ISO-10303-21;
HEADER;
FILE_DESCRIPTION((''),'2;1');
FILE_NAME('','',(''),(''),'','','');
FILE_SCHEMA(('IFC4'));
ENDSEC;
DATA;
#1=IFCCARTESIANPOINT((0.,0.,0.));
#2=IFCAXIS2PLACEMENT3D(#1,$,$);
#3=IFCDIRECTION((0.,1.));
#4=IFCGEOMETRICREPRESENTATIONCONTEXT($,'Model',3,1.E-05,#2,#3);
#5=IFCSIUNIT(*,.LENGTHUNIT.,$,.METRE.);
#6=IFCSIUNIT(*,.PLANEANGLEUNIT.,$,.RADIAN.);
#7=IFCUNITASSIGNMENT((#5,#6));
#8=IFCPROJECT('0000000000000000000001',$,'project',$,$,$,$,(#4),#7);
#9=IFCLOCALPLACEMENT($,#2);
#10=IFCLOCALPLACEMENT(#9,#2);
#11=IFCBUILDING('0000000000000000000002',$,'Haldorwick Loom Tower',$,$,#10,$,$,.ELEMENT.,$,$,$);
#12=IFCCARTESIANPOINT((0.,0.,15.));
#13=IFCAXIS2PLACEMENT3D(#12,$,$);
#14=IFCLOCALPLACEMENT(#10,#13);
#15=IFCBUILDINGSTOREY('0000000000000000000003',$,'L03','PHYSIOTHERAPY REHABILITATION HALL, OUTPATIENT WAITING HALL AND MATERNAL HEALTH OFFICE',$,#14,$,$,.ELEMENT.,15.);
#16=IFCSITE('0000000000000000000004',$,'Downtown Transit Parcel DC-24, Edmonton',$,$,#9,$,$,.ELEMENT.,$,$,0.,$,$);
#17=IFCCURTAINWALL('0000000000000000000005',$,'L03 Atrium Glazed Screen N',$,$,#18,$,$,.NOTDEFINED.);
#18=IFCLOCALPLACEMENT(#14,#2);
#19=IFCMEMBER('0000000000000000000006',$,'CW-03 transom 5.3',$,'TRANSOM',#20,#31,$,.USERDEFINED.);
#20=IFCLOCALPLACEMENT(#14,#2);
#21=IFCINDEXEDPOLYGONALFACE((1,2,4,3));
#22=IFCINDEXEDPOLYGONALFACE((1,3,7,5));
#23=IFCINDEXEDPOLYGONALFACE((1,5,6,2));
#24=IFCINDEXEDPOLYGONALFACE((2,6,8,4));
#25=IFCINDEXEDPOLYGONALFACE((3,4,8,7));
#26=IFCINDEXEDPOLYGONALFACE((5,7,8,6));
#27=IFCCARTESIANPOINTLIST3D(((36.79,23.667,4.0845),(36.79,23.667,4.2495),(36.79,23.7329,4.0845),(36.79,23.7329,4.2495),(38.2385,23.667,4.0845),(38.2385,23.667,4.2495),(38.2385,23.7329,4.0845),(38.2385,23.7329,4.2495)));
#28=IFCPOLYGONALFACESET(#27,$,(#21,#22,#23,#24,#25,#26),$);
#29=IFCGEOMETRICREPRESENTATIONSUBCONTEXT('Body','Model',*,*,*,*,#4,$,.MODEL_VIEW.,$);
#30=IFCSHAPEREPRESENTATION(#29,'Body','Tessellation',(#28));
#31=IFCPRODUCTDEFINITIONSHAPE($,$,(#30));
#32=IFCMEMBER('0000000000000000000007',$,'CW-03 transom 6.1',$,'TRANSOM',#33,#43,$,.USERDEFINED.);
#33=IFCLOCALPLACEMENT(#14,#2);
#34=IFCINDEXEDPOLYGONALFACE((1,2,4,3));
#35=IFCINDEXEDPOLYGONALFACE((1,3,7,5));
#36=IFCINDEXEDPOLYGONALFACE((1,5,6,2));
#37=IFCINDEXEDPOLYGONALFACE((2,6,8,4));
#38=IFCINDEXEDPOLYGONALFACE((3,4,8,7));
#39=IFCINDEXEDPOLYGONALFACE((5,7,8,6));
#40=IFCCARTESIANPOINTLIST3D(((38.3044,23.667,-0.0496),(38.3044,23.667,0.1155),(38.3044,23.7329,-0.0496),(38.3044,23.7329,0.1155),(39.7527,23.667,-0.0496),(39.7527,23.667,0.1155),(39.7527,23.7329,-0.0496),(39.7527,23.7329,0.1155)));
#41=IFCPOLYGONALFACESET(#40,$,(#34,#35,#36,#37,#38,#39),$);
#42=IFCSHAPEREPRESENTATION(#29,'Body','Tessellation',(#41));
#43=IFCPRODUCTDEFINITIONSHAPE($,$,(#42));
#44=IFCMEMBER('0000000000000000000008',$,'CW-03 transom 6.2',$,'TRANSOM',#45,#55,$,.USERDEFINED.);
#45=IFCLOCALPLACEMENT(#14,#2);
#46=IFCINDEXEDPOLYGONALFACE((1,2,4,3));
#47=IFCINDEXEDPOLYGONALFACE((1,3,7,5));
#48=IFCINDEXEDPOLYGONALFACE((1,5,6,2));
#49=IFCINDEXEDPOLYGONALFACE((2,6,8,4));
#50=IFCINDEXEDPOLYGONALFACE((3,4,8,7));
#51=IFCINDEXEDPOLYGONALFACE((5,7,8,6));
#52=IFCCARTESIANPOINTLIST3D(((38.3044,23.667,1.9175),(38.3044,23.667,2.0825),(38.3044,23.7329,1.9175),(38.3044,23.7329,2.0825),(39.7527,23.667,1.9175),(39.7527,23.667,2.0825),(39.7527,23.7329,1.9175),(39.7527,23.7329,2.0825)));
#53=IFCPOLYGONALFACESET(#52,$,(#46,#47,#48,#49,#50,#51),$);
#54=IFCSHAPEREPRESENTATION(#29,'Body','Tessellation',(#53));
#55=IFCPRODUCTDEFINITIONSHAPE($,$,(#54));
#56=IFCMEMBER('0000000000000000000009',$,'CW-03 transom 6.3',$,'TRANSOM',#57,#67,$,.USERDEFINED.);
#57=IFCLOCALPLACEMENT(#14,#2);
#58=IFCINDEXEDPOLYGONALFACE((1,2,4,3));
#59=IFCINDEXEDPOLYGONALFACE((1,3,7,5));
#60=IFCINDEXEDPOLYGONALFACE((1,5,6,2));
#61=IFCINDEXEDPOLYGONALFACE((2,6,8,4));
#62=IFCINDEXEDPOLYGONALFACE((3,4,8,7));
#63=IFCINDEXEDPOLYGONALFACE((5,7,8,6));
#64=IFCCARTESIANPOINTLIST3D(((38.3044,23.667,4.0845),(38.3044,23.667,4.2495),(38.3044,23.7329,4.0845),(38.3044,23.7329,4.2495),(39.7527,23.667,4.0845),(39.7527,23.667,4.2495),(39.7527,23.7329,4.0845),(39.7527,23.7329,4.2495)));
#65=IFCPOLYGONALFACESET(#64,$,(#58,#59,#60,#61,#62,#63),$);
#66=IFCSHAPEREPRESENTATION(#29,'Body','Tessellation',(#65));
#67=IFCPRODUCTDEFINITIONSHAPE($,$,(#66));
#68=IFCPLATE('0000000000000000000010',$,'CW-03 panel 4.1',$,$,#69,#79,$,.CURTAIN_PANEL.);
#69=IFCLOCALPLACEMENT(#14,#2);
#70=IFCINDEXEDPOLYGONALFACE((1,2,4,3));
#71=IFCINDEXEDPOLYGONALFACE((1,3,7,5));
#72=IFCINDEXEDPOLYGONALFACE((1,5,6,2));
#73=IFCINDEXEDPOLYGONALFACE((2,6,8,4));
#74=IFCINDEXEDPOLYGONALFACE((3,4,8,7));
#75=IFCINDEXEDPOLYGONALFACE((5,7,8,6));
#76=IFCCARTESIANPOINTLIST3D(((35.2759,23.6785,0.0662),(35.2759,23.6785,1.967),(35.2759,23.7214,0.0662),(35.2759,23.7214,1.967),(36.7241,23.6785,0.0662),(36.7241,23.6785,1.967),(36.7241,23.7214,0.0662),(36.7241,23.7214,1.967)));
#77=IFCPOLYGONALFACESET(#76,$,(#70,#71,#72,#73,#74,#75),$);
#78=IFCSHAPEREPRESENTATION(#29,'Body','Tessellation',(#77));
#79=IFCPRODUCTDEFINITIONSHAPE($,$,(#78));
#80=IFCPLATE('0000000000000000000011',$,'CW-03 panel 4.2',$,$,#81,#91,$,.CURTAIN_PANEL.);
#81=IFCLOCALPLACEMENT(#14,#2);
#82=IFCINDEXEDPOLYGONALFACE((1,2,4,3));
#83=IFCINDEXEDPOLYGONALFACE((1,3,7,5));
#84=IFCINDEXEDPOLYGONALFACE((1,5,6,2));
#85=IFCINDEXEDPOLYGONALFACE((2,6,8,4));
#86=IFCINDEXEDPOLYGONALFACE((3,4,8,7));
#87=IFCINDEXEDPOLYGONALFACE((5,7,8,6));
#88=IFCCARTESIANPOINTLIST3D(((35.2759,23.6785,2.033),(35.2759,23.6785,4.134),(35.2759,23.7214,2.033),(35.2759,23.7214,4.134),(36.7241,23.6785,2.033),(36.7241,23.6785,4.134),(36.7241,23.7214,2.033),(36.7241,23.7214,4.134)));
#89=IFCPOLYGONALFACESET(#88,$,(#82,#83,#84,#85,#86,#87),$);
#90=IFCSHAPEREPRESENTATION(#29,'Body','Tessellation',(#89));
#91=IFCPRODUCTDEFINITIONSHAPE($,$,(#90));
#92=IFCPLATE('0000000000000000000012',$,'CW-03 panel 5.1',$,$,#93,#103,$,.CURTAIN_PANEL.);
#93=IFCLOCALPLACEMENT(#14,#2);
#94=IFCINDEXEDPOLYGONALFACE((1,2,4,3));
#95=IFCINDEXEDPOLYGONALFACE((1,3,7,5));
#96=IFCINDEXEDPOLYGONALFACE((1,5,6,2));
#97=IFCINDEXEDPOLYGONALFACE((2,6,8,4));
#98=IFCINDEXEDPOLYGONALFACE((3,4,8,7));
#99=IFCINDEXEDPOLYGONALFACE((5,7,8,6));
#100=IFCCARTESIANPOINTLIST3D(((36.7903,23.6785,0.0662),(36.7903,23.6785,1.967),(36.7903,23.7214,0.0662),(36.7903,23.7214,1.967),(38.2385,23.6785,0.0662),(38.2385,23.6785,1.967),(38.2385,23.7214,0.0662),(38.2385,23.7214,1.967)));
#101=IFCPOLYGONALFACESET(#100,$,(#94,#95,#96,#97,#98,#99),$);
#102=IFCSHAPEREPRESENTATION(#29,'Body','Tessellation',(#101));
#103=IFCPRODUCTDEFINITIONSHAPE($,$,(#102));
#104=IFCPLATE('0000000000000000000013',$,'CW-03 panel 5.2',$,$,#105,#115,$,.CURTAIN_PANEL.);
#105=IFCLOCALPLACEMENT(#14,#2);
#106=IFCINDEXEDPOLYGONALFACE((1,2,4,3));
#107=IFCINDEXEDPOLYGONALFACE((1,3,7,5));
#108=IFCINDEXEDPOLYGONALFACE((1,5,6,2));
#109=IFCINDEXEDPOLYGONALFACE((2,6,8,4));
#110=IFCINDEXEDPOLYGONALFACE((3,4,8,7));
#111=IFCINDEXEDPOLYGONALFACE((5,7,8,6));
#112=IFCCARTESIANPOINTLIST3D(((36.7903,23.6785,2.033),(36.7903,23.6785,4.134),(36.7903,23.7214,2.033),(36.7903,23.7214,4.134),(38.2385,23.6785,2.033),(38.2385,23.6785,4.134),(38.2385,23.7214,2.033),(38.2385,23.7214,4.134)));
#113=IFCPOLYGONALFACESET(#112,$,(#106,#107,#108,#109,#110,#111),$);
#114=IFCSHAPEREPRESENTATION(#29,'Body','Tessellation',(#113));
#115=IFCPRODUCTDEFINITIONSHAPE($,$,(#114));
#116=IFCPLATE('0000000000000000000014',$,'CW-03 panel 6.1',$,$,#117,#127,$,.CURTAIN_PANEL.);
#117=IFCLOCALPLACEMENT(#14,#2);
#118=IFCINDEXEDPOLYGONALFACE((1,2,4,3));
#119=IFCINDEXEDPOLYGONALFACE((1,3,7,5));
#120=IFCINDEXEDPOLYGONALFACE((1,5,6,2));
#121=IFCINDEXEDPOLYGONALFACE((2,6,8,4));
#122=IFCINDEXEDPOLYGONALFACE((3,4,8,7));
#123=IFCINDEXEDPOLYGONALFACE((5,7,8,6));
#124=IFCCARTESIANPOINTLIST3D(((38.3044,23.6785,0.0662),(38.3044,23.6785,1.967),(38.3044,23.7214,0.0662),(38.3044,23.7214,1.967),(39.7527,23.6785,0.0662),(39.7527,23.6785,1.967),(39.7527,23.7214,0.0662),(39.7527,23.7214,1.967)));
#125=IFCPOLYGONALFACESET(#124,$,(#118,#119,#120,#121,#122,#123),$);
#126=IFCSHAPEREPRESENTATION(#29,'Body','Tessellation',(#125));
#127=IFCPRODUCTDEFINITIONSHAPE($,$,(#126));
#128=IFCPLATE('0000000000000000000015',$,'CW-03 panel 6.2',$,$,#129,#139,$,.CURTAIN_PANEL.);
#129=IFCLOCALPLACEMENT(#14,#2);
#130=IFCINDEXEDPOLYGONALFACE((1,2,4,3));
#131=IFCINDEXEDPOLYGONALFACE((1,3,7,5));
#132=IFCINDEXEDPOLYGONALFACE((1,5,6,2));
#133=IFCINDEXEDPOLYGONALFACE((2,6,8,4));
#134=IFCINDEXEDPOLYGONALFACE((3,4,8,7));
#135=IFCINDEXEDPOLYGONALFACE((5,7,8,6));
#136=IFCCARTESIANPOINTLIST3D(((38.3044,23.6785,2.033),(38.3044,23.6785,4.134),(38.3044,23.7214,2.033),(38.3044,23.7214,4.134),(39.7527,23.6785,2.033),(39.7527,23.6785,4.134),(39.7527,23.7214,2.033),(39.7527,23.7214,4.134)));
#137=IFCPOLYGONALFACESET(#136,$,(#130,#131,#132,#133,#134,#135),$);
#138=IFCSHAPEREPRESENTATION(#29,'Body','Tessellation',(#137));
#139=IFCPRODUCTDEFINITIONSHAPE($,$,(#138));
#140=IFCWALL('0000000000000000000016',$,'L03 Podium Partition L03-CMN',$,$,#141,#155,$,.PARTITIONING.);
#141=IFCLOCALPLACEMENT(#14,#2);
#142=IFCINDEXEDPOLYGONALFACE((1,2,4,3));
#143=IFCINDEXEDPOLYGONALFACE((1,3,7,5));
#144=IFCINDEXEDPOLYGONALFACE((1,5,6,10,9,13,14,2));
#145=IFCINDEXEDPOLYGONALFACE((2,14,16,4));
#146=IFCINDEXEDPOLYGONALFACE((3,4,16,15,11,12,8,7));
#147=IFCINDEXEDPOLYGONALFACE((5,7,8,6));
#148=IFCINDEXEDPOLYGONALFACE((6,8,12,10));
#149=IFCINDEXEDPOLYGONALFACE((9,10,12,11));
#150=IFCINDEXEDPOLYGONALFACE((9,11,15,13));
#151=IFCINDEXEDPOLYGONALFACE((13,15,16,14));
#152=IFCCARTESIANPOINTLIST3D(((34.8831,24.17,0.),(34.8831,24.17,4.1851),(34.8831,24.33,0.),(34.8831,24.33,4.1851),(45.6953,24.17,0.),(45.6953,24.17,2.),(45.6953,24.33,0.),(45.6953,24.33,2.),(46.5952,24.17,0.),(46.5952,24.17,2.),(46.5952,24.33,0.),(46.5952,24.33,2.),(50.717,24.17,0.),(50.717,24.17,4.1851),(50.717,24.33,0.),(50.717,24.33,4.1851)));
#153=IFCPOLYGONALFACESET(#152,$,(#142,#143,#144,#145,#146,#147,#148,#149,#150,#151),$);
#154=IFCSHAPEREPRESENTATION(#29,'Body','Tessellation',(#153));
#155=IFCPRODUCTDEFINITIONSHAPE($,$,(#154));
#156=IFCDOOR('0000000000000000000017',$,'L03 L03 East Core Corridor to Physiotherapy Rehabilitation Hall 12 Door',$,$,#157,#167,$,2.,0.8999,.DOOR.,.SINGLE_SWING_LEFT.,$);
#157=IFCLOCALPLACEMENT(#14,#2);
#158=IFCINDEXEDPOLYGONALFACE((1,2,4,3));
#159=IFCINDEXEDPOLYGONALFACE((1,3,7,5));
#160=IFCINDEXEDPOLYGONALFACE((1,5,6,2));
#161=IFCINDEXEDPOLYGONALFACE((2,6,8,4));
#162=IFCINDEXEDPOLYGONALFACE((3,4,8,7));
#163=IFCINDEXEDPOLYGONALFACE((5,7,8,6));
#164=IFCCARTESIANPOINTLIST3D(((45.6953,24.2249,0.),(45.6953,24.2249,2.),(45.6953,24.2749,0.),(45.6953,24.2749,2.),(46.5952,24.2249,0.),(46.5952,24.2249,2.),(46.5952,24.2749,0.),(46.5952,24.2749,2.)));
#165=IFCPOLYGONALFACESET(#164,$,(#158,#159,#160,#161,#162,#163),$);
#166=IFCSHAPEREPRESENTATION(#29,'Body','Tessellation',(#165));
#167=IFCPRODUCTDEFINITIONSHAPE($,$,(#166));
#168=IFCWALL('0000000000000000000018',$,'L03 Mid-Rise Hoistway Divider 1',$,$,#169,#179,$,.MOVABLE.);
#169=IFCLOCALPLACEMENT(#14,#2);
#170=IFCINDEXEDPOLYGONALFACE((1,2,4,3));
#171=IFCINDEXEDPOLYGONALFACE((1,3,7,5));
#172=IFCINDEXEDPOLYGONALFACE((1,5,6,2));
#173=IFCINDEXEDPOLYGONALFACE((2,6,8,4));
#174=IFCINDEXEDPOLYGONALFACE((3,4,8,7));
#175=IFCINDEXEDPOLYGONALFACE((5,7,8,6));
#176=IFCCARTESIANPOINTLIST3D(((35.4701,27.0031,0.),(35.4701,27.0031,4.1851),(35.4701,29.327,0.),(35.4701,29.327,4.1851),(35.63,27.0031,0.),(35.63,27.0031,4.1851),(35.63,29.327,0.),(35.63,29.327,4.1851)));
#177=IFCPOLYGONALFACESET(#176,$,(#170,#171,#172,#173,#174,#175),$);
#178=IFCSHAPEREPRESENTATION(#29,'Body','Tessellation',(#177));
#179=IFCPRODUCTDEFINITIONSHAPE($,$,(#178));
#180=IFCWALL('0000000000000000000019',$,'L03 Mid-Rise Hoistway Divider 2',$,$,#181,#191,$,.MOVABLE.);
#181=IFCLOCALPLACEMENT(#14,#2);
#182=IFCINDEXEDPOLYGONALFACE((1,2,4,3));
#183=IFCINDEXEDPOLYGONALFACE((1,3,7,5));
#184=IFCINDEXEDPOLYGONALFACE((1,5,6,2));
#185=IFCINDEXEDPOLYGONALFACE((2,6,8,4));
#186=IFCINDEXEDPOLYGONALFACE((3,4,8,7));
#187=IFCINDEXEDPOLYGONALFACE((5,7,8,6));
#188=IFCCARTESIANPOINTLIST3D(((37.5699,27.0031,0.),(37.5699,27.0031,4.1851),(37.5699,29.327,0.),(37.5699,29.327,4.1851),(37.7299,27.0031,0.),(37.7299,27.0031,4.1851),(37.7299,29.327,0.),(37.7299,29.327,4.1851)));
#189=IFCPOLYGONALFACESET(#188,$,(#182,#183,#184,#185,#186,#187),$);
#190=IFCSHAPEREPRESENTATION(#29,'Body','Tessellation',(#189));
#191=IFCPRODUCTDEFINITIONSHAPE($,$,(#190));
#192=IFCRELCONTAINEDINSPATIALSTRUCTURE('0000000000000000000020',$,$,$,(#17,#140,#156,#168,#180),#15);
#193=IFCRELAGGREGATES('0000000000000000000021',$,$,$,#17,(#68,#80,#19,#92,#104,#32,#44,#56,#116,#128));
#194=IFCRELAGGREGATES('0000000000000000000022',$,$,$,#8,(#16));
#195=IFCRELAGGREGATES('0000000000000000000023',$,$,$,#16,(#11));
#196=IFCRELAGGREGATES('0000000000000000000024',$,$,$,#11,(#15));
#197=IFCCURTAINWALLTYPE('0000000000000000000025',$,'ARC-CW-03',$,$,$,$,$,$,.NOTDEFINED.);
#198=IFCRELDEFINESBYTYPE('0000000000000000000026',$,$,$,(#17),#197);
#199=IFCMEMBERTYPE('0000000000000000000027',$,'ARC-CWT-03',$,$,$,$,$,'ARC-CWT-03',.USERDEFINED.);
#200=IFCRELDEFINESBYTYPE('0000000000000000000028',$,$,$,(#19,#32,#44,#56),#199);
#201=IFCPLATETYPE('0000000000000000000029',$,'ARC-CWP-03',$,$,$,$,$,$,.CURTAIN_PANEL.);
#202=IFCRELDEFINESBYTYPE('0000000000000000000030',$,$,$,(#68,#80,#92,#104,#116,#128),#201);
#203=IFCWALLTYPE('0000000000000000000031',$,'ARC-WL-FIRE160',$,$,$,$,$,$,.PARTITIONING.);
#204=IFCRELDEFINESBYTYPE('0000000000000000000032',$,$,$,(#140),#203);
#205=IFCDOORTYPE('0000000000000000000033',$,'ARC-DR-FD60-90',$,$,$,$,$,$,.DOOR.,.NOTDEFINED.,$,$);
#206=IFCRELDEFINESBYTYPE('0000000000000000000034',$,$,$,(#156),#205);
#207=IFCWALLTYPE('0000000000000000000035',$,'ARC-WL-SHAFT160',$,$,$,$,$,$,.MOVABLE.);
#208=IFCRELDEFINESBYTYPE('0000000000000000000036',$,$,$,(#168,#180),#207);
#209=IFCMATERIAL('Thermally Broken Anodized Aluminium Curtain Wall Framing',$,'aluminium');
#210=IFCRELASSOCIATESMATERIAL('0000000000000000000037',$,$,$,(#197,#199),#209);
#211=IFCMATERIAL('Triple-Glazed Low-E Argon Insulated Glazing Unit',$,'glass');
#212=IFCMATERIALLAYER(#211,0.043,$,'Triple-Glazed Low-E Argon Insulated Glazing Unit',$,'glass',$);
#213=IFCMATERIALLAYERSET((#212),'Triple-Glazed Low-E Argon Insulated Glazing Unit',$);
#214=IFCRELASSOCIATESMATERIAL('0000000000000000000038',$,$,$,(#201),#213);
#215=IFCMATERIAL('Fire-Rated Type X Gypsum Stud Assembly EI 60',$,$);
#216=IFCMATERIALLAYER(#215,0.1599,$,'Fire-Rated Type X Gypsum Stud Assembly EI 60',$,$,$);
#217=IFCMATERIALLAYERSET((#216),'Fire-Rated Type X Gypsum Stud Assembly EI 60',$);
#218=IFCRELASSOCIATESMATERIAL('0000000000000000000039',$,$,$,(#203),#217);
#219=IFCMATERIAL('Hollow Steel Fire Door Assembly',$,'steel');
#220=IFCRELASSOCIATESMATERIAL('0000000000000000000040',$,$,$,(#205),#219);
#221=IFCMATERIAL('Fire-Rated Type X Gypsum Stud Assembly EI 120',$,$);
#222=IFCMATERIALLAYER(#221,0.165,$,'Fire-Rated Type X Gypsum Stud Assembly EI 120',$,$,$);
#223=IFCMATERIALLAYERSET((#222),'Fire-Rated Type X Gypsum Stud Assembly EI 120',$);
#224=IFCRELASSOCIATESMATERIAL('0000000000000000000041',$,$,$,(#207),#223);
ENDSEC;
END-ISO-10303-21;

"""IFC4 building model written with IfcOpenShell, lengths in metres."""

from ifc_helpers import new_model, si_unit, direction, frame, frame_2d, origin, origin_2d, place, context, subcontext, project, spatial, rectangle, extrude, material, layer, layer_set, material_profile, profile_set, type_object, element, fill, aggregate, save


model = new_model("IFC4")

# Units and contexts
model_context = context("Model", 3, precision=1e-05, world=origin(), true_north=direction((0.0, 1.0)))
body_context = subcontext(model_context, "Body", "Model", "MODEL_VIEW")
ifc_project = project(units=[si_unit("LENGTHUNIT", "METRE"), si_unit("PLANEANGLEUNIT", "RADIAN")], contexts=[model_context])

# Site, building, storey
site_placement = place(None, origin())
site = spatial("IfcSite", under=ifc_project, at=site_placement, Name="Downtown Transit Parcel DC-24, Edmonton", CompositionType="ELEMENT", RefElevation=0.0)
building_placement = place(site_placement, origin())
building = spatial("IfcBuilding", under=site, at=building_placement, Name="Haldorwick Loom Tower", CompositionType="ELEMENT")
storey_placement = place(building_placement, frame((0.0, 0.0, 15.0)))
storey = spatial("IfcBuildingStorey", under=building, at=storey_placement, Name="L03", Description="PHYSIOTHERAPY REHABILITATION HALL, OUTPATIENT WAITING HALL AND MATERNAL HEALTH OFFICE", CompositionType="ELEMENT", Elevation=15.0)

# Curtain wall, members, plates
ifc_material_1 = material(Name="Thermally Broken Anodized Aluminium Curtain Wall Framing", Category="aluminium")
curtain_wall_type = type_object("IfcCurtainWallType", Name="ARC-CW-03", PredefinedType="NOTDEFINED", material=ifc_material_1)
curtain_wall_placement = place(storey_placement, origin())
curtain_wall = element("IfcCurtainWall", 1, at=curtain_wall_placement, inside=storey, type_object=curtain_wall_type, Name="L03 Atrium Glazed Screen N", PredefinedType="NOTDEFINED")
ifc_material_profile_1 = material_profile(ifc_material_1, rectangle(XDim=0.0659, YDim=0.165, at=origin_2d()), Name="ALU_TRN_66X165", Category="aluminium")
ifc_profile_set_1 = profile_set([ifc_material_profile_1], Name="Thermally Broken Anodized Aluminium Curtain Wall Framing")
member_type_1 = type_object("IfcMemberType", Name="ARC-CWT-03", ElementType="ARC-CWT-03", PredefinedType="USERDEFINED", material=ifc_profile_set_1)
member_1_placement = place(storey_placement, frame((36.79, 23.7, 4.167), z_axis=(1.0, 0.0, 0.0), x_axis=(0.0, 1.0, 0.0)))
member_1 = element("IfcMember", 2, at=member_1_placement, type_object=member_type_1, Name="CW-03 transom 5.3", ObjectType="TRANSOM", PredefinedType="USERDEFINED", context=body_context, shape_type="SweptSolid", body=[
    extrude(rectangle(XDim=0.0659, YDim=0.165, at=origin_2d()), origin(), (0.0, 0.0, 1.0), 1.4485),
])
member_2_placement = place(storey_placement, frame((38.3044, 23.7, 0.033), z_axis=(1.0, 0.0, 0.0), x_axis=(0.0, 1.0, 0.0)))
member_2 = element("IfcMember", 3, at=member_2_placement, type_object=member_type_1, Name="CW-03 transom 6.1", ObjectType="TRANSOM", PredefinedType="USERDEFINED", context=body_context, shape_type="SweptSolid", body=[
    extrude(rectangle(XDim=0.0659, YDim=0.165, at=origin_2d()), origin(), (0.0, 0.0, 1.0), 1.4482),
])
member_3_placement = place(storey_placement, frame((38.3044, 23.7, 2.0), z_axis=(1.0, 0.0, 0.0), x_axis=(0.0, 1.0, 0.0)))
member_3 = element("IfcMember", 4, at=member_3_placement, type_object=member_type_1, Name="CW-03 transom 6.2", ObjectType="TRANSOM", PredefinedType="USERDEFINED", context=body_context, shape_type="SweptSolid", body=[
    extrude(rectangle(XDim=0.0659, YDim=0.165, at=origin_2d()), origin(), (0.0, 0.0, 1.0), 1.4482),
])
member_4_placement = place(storey_placement, frame((38.3044, 23.7, 4.167), z_axis=(1.0, 0.0, 0.0), x_axis=(0.0, 1.0, 0.0)))
member_4 = element("IfcMember", 5, at=member_4_placement, type_object=member_type_1, Name="CW-03 transom 6.3", ObjectType="TRANSOM", PredefinedType="USERDEFINED", context=body_context, shape_type="SweptSolid", body=[
    extrude(rectangle(XDim=0.0659, YDim=0.165, at=origin_2d()), origin(), (0.0, 0.0, 1.0), 1.4482),
])
ifc_material_2 = material(Name="Triple-Glazed Low-E Argon Insulated Glazing Unit", Category="glass")
ifc_layer_1 = layer(ifc_material_2, 0.043, Name="Triple-Glazed Low-E Argon Insulated Glazing Unit", Category="glass")
ifc_layer_set_1 = layer_set([ifc_layer_1], Name="Triple-Glazed Low-E Argon Insulated Glazing Unit")
plate_type = type_object("IfcPlateType", Name="ARC-CWP-03", PredefinedType="CURTAIN_PANEL", material=ifc_layer_set_1)
plate_1_placement = place(storey_placement, frame((36.0, 23.7, 0.0662), z_axis=(0.0, 0.0, 1.0), x_axis=(1.0, 0.0, 0.0)))
plate_1 = element("IfcPlate", 6, at=plate_1_placement, type_object=plate_type, Name="CW-03 panel 4.1", PredefinedType="CURTAIN_PANEL", context=body_context, shape_type="SweptSolid", body=[
    extrude(rectangle(XDim=1.4482, YDim=0.043, at=origin_2d()), origin(), (0.0, 0.0, 1.0), 1.9009),
])
plate_2_placement = place(storey_placement, frame((36.0, 23.7, 2.033), z_axis=(0.0, 0.0, 1.0), x_axis=(1.0, 0.0, 0.0)))
plate_2 = element("IfcPlate", 7, at=plate_2_placement, type_object=plate_type, Name="CW-03 panel 4.2", PredefinedType="CURTAIN_PANEL", context=body_context, shape_type="SweptSolid", body=[
    extrude(rectangle(XDim=1.4482, YDim=0.043, at=origin_2d()), origin(), (0.0, 0.0, 1.0), 2.1011),
])
plate_3_placement = place(storey_placement, frame((37.5144, 23.7, 0.0662), z_axis=(0.0, 0.0, 1.0), x_axis=(1.0, 0.0, 0.0)))
plate_3 = element("IfcPlate", 8, at=plate_3_placement, type_object=plate_type, Name="CW-03 panel 5.1", PredefinedType="CURTAIN_PANEL", context=body_context, shape_type="SweptSolid", body=[
    extrude(rectangle(XDim=1.4482, YDim=0.043, at=origin_2d()), origin(), (0.0, 0.0, 1.0), 1.9009),
])
plate_4_placement = place(storey_placement, frame((37.5144, 23.7, 2.033), z_axis=(0.0, 0.0, 1.0), x_axis=(1.0, 0.0, 0.0)))
plate_4 = element("IfcPlate", 9, at=plate_4_placement, type_object=plate_type, Name="CW-03 panel 5.2", PredefinedType="CURTAIN_PANEL", context=body_context, shape_type="SweptSolid", body=[
    extrude(rectangle(XDim=1.4482, YDim=0.043, at=origin_2d()), origin(), (0.0, 0.0, 1.0), 2.1011),
])
plate_5_placement = place(storey_placement, frame((39.0286, 23.7, 0.0662), z_axis=(0.0, 0.0, 1.0), x_axis=(1.0, 0.0, 0.0)))
plate_5 = element("IfcPlate", 10, at=plate_5_placement, type_object=plate_type, Name="CW-03 panel 6.1", PredefinedType="CURTAIN_PANEL", context=body_context, shape_type="SweptSolid", body=[
    extrude(rectangle(XDim=1.4482, YDim=0.043, at=origin_2d()), origin(), (0.0, 0.0, 1.0), 1.9009),
])
plate_6_placement = place(storey_placement, frame((39.0286, 23.7, 2.033), z_axis=(0.0, 0.0, 1.0), x_axis=(1.0, 0.0, 0.0)))
plate_6 = element("IfcPlate", 11, at=plate_6_placement, type_object=plate_type, Name="CW-03 panel 6.2", PredefinedType="CURTAIN_PANEL", context=body_context, shape_type="SweptSolid", body=[
    extrude(rectangle(XDim=1.4482, YDim=0.043, at=origin_2d()), origin(), (0.0, 0.0, 1.0), 2.1011),
])
aggregate(curtain_wall, [plate_1, plate_2, member_1, plate_3, plate_4, member_2, member_3, member_4, plate_5, plate_6])

# Wall, opening, door
ifc_material_3 = material(Name="Fire-Rated Type X Gypsum Stud Assembly EI 60")
ifc_layer_2 = layer(ifc_material_3, 0.1599, Name="Fire-Rated Type X Gypsum Stud Assembly EI 60")
ifc_layer_set_2 = layer_set([ifc_layer_2], Name="Fire-Rated Type X Gypsum Stud Assembly EI 60")
wall_type_1 = type_object("IfcWallType", Name="ARC-WL-FIRE160", PredefinedType="PARTITIONING", material=ifc_layer_set_2)
wall_placement = place(storey_placement, frame((34.8831, 24.25, 0.0), z_axis=(0.0, 0.0, 1.0), x_axis=(1.0, 0.0, 0.0)))
wall = element("IfcWall", 12, at=wall_placement, inside=storey, type_object=wall_type_1, Name="L03 Podium Partition L03-CMN", PredefinedType="PARTITIONING", context=body_context, shape_type="SweptSolid", body=[
    extrude(rectangle(XDim=15.834, YDim=0.1599, at=frame_2d((7.917, 0.0))), origin(), (0.0, 0.0, 1.0), 4.1851),
])
opening_placement = place(wall_placement, frame((10.8123, 0.0, 0.0)))
opening = element("IfcOpeningElement", 13, at=opening_placement, cuts=wall, PredefinedType="OPENING", context=body_context, shape_type="SweptSolid", body=[
    extrude(rectangle(XDim=0.8999, YDim=2.0, at=frame_2d((0.45, 1.0))), frame((0.0, 0.0898, 0.0), z_axis=(0.0, -1.0, 0.0), x_axis=(1.0, 0.0, 0.0)), (0.0, 0.0, 1.0), 0.1799),
])
ifc_material_4 = material(Name="Hollow Steel Fire Door Assembly", Category="steel")
door_type = type_object("IfcDoorType", Name="ARC-DR-FD60-90", OperationType="NOTDEFINED", PredefinedType="DOOR", material=ifc_material_4)
door_placement = place(opening_placement, origin())
door = element("IfcDoor", 14, at=door_placement, inside=storey, type_object=door_type, Name="L03 L03 East Core Corridor to Physiotherapy Rehabilitation Hall 12 Door", OperationType="SINGLE_SWING_LEFT", OverallHeight=2.0, OverallWidth=0.8999, PredefinedType="DOOR", context=body_context, shape_type="SweptSolid", body=[
    extrude(rectangle(XDim=0.8999, YDim=2.0, at=frame_2d((0.45, 1.0))), frame((0.0, 0.0249, 0.0), z_axis=(0.0, -1.0, 0.0), x_axis=(1.0, 0.0, 0.0)), (0.0, 0.0, 1.0), 0.05),
])
fill(opening, door)

# Walls
ifc_material_5 = material(Name="Fire-Rated Type X Gypsum Stud Assembly EI 120")
ifc_layer_3 = layer(ifc_material_5, 0.165, Name="Fire-Rated Type X Gypsum Stud Assembly EI 120")
ifc_layer_set_3 = layer_set([ifc_layer_3], Name="Fire-Rated Type X Gypsum Stud Assembly EI 120")
wall_type_2 = type_object("IfcWallType", Name="ARC-WL-SHAFT160", PredefinedType="MOVABLE", material=ifc_layer_set_3)
for number, where, z_axis, x_axis, name in (
    (15, (35.55, 27.0029, 0.0), (0.0, 0.0, 1.0), (0.0, 1.0, 0.0), "L03 Mid-Rise Hoistway Divider 1"),
    (16, (37.6499, 27.0029, 0.0), (0.0, 0.0, 1.0), (0.0, 1.0, 0.0), "L03 Mid-Rise Hoistway Divider 2"),
):
    element("IfcWall", number, at=place(storey_placement, frame(where, z_axis=z_axis, x_axis=x_axis)), inside=storey, type_object=wall_type_2, Name=name, PredefinedType="MOVABLE", context=body_context, shape_type="SweptSolid", body=[
        extrude(rectangle(XDim=2.324, YDim=0.1599, at=frame_2d((1.1621, 0.0))), origin(), (0.0, 0.0, 1.0), 4.1851),
    ])

save(model, "model.ifc")
